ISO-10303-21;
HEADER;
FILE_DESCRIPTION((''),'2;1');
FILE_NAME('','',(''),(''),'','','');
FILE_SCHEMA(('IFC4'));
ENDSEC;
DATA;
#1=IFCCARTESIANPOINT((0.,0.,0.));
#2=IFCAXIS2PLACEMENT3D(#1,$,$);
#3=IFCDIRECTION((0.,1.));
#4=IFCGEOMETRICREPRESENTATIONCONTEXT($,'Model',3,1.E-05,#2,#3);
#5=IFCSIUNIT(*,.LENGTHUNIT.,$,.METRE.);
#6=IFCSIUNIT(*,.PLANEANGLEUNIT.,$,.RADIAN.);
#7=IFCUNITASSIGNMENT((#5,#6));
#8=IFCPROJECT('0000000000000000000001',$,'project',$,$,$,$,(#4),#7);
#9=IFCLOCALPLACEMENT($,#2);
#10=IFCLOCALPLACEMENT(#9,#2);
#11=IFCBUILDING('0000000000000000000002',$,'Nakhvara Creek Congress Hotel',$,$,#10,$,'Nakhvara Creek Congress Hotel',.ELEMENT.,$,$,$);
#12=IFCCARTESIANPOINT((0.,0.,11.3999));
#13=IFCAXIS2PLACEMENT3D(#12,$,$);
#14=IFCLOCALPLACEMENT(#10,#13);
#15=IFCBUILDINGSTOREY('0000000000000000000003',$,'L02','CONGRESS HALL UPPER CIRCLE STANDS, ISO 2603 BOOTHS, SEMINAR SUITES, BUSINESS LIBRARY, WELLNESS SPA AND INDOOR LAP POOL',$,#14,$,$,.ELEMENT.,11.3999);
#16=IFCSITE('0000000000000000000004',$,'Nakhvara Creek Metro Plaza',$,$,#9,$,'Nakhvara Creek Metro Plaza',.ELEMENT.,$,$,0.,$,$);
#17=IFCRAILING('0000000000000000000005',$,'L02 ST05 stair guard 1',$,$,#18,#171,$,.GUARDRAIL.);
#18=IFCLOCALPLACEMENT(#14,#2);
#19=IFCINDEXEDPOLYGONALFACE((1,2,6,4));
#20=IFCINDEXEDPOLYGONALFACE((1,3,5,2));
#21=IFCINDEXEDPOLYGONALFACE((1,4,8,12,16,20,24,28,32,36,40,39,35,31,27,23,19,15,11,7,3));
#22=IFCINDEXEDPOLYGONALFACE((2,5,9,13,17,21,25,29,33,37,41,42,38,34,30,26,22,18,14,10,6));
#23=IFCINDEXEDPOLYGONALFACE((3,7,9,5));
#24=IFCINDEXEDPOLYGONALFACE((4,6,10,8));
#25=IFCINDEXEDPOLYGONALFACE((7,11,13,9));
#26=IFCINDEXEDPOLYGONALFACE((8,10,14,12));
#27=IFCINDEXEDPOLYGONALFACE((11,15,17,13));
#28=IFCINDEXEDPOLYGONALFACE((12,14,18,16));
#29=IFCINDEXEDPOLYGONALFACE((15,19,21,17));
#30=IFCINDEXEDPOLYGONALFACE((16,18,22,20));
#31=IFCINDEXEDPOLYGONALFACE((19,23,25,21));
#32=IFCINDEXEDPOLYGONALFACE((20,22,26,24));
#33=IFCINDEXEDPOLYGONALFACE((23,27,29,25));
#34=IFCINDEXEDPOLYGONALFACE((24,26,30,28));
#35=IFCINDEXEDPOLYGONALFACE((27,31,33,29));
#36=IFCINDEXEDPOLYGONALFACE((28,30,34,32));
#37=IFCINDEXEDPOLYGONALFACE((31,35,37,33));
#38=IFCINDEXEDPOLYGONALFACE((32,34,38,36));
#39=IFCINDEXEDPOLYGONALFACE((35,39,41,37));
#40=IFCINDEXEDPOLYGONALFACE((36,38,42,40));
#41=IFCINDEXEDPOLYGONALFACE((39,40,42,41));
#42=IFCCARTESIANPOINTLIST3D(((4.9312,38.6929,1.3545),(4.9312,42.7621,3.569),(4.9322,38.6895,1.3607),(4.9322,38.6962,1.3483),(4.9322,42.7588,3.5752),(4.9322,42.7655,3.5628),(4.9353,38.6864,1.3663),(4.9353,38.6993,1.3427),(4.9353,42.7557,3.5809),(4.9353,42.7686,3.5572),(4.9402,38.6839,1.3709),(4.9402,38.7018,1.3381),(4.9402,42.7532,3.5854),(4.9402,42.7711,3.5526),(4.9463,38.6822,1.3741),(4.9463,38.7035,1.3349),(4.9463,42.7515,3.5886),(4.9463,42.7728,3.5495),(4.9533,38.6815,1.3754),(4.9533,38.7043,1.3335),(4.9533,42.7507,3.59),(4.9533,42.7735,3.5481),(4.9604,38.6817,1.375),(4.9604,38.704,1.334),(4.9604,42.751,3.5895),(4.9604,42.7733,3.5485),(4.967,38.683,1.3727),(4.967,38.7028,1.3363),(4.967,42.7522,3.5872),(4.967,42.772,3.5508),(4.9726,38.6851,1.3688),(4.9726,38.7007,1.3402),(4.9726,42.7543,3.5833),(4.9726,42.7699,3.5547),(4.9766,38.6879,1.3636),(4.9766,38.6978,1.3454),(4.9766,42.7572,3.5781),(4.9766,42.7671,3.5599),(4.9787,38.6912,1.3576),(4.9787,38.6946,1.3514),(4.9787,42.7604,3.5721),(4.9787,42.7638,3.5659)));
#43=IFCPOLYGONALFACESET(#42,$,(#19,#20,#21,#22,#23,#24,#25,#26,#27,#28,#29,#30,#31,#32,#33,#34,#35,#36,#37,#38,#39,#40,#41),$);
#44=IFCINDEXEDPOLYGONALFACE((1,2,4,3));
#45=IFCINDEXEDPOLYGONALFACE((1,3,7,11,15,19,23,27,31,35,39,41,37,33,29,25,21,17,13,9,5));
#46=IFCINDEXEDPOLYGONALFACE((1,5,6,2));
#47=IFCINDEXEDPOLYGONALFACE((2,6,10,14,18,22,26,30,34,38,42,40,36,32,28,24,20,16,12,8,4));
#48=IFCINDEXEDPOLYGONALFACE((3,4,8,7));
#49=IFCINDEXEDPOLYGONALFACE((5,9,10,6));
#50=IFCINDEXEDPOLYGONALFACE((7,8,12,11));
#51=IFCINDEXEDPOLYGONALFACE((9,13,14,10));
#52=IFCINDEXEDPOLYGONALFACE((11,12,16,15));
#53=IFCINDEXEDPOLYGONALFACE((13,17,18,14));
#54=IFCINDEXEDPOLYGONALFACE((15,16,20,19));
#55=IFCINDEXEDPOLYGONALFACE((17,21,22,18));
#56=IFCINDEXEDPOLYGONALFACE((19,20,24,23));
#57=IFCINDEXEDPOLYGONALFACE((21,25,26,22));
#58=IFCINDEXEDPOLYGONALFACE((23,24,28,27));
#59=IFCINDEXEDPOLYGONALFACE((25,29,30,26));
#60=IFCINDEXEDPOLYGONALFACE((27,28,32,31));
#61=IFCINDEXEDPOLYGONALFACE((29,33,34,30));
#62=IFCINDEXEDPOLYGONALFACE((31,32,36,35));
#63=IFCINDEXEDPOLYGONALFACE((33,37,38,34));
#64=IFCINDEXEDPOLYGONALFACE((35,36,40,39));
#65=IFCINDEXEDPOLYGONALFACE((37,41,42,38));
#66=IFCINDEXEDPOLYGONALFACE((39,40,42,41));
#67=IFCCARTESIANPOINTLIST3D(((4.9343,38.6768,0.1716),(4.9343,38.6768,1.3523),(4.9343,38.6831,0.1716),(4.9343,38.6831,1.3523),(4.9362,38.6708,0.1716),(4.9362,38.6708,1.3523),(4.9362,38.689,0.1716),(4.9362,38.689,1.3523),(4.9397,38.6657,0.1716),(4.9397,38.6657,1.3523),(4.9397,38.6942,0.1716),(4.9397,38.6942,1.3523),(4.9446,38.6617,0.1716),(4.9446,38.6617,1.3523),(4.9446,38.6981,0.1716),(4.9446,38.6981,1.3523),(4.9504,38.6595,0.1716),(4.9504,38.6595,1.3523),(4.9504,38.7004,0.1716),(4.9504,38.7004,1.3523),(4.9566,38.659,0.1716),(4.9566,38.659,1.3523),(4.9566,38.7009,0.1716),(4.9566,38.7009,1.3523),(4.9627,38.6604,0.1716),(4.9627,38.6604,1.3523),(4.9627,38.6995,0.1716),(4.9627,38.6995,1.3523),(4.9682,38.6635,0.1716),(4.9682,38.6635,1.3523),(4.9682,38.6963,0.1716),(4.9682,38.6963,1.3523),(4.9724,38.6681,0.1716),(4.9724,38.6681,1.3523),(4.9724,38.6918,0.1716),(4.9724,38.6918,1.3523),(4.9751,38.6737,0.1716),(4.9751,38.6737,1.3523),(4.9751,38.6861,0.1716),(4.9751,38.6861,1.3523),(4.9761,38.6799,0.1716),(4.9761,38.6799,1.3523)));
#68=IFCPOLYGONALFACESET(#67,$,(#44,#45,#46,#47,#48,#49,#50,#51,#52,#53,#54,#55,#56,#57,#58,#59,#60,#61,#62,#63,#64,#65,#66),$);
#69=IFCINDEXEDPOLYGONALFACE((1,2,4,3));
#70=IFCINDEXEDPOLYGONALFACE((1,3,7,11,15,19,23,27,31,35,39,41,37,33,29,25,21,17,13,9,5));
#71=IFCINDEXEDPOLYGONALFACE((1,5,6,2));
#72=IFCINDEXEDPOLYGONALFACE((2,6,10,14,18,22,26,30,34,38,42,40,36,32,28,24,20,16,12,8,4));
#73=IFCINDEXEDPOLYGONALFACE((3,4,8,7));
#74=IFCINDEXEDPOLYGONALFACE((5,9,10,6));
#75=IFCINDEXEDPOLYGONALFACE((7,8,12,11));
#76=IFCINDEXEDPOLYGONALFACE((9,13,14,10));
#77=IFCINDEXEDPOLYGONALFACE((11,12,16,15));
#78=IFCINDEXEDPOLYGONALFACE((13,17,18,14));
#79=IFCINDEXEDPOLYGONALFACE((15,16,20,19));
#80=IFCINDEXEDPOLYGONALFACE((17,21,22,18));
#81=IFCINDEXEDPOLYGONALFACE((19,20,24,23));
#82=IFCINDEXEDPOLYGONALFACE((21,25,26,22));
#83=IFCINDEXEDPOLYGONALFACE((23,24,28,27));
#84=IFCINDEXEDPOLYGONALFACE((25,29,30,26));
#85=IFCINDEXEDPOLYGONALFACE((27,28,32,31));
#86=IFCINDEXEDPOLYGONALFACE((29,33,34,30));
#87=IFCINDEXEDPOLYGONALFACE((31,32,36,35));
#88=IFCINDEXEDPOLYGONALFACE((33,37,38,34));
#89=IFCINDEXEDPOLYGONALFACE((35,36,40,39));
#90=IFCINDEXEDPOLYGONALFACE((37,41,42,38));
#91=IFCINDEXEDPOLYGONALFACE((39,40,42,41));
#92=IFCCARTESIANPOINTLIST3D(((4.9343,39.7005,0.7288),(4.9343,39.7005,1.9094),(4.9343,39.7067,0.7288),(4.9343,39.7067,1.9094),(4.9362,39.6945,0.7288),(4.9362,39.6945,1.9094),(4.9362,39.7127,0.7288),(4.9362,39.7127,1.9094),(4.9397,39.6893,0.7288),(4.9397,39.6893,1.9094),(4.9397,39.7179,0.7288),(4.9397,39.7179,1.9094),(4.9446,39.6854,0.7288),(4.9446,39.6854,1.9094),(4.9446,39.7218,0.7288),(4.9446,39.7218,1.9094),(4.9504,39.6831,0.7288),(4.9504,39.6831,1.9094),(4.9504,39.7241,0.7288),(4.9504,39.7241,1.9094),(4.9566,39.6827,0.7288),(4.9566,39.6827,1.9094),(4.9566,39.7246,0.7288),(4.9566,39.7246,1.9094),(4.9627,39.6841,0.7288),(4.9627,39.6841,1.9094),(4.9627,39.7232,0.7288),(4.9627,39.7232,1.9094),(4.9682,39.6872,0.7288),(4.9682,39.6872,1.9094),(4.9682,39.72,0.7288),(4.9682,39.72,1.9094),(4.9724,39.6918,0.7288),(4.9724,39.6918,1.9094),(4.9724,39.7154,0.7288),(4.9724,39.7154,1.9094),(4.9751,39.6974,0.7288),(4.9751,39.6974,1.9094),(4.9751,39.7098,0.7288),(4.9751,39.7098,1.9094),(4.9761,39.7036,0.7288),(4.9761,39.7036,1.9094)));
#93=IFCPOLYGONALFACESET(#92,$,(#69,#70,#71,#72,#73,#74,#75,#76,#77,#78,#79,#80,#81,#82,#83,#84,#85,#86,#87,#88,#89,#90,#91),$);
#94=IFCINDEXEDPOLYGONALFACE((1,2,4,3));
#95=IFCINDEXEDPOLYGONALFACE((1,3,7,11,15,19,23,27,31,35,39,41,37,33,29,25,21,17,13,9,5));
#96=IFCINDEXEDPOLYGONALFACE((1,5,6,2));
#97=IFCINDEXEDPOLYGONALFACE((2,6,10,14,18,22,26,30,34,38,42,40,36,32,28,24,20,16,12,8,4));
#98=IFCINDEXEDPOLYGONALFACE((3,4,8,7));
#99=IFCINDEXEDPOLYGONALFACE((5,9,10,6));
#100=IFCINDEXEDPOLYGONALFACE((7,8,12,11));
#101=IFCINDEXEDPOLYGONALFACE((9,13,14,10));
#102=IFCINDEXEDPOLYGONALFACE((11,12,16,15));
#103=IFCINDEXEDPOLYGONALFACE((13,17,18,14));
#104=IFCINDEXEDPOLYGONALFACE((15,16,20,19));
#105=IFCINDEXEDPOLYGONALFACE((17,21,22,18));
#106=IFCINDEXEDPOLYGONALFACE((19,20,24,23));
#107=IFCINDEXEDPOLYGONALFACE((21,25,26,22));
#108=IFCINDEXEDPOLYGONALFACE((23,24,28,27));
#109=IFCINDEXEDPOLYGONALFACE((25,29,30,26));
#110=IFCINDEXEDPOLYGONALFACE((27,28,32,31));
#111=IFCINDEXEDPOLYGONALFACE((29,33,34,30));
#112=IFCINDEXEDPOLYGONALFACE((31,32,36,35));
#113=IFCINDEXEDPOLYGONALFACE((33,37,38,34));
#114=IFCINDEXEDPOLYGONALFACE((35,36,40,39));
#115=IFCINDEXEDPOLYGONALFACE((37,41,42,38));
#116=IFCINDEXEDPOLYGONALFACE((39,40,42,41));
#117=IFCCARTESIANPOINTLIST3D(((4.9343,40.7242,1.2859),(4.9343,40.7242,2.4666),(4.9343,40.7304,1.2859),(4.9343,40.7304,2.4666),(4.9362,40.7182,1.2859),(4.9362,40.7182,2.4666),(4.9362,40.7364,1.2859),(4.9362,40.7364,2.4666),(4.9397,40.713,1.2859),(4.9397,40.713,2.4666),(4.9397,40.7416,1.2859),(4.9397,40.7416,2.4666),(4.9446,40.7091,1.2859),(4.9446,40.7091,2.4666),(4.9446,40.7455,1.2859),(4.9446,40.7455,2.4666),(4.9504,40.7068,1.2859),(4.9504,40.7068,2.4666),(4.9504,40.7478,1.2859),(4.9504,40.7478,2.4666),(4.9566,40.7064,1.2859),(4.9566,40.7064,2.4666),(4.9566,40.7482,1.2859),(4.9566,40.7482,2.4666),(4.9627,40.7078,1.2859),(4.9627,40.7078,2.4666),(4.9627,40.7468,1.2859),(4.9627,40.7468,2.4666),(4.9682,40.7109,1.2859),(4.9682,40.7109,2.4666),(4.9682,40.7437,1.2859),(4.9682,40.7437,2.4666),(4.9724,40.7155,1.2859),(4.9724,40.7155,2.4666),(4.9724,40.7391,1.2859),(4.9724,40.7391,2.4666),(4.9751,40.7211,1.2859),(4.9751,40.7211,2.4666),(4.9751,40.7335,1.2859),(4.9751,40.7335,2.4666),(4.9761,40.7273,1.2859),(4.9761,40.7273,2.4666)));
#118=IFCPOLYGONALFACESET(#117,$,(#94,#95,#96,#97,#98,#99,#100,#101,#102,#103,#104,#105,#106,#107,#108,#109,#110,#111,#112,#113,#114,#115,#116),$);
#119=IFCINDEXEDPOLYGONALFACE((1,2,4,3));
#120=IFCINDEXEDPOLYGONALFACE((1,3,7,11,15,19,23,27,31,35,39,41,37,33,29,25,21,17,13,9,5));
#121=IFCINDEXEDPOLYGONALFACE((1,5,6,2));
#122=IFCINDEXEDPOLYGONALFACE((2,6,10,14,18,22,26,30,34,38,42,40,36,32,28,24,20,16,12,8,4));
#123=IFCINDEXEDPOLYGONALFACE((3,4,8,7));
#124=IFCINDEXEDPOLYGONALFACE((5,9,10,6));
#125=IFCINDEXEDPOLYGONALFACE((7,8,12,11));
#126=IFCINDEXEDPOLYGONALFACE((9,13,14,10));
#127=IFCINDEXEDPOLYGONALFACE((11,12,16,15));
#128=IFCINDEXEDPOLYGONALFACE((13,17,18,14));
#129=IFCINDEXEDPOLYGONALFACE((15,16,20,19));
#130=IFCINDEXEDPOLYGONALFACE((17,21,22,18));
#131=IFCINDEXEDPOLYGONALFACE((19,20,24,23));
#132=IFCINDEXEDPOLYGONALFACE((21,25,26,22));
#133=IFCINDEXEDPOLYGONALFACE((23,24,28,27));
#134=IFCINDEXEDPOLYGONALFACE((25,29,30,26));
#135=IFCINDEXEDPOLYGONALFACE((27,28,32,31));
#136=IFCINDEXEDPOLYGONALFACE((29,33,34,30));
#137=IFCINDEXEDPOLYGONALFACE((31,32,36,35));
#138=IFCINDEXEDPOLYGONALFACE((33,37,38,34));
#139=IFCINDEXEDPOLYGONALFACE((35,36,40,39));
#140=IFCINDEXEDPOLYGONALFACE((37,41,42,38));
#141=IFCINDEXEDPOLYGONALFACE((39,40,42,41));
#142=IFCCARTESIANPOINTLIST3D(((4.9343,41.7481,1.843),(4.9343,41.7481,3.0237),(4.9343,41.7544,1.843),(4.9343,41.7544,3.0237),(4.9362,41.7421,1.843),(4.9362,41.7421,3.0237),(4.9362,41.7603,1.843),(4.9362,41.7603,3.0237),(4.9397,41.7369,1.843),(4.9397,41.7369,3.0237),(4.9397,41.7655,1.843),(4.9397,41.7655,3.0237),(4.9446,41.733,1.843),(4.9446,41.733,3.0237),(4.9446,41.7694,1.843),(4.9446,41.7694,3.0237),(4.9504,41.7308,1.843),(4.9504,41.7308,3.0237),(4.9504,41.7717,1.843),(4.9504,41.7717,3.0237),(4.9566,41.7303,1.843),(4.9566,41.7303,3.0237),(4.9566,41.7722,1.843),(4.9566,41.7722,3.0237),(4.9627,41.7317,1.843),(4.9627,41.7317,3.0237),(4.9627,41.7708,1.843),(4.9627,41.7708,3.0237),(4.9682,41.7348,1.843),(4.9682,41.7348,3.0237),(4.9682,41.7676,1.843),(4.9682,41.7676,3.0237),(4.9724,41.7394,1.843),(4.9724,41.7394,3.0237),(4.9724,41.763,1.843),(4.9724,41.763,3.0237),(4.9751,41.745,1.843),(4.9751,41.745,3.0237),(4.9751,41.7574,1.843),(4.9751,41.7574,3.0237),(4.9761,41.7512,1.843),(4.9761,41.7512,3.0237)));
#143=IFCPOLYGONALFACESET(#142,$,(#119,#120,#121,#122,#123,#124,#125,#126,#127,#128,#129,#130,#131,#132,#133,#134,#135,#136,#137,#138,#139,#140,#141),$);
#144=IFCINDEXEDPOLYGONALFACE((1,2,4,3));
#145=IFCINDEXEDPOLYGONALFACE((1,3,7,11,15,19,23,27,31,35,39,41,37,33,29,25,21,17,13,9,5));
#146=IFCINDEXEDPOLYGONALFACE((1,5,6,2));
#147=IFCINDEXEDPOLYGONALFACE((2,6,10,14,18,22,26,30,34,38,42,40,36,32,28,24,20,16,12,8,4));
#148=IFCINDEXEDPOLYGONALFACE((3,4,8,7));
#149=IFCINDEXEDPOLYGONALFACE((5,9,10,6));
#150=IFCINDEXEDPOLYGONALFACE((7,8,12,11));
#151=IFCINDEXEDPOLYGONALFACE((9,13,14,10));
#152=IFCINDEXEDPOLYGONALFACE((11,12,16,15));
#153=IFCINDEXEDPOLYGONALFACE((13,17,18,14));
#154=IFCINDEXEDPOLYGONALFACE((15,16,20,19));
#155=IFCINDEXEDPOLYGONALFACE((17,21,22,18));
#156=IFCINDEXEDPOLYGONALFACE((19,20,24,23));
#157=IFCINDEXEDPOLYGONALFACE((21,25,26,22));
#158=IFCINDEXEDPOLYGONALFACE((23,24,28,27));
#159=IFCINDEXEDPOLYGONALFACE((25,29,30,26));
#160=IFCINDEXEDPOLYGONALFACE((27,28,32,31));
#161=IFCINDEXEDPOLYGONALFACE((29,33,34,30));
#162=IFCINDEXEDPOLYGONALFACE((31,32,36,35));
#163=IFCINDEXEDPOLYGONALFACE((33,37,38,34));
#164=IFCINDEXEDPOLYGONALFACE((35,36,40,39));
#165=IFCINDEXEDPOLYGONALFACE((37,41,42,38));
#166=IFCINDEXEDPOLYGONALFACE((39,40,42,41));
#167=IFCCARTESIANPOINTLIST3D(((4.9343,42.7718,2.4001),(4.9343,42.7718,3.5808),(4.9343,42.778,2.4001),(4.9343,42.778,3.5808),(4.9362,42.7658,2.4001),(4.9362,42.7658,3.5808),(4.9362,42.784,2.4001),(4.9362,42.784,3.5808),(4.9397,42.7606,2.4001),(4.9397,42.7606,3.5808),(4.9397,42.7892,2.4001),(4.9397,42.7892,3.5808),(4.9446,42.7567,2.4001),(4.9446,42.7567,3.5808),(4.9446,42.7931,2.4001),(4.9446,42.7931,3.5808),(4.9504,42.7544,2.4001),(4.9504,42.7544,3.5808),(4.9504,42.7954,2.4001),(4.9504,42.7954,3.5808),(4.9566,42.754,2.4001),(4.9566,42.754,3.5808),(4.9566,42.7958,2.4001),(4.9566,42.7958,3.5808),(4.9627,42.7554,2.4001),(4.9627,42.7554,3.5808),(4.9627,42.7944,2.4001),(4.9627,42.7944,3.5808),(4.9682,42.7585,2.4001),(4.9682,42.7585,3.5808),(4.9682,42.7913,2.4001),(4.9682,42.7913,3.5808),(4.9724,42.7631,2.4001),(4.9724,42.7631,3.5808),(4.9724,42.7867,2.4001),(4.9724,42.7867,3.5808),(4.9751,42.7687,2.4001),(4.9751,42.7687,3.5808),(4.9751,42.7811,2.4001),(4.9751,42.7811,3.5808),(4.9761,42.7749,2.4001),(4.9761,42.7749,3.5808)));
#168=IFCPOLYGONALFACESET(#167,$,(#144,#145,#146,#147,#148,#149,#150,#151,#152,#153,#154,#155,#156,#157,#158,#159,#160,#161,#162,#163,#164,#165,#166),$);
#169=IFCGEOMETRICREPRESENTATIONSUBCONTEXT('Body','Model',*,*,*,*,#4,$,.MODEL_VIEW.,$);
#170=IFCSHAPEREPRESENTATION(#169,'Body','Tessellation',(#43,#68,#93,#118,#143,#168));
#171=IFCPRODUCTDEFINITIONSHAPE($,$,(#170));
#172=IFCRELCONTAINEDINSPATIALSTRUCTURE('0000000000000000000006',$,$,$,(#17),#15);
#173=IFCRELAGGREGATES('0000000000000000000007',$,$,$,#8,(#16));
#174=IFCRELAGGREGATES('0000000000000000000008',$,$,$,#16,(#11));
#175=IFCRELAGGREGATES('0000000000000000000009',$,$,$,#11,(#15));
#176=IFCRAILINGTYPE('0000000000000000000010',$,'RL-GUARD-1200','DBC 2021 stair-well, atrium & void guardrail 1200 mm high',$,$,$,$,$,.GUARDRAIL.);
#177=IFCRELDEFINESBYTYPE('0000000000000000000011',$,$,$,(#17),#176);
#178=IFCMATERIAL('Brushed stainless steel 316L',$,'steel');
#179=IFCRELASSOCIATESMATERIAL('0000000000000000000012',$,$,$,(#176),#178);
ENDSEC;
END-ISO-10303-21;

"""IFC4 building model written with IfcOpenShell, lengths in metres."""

from ifc_helpers import new_model, si_unit, direction, frame, origin, origin_2d, place, context, subcontext, project, spatial, circle, extrude, material, type_object, element, save


model = new_model("IFC4")

# Units and contexts
model_context = context("Model", 3, precision=1e-05, world=origin(), true_north=direction((0.0, 1.0)))
body_context = subcontext(model_context, "Body", "Model", "MODEL_VIEW")
ifc_project = project(units=[si_unit("LENGTHUNIT", "METRE"), si_unit("PLANEANGLEUNIT", "RADIAN")], contexts=[model_context])

# Site, building, storey
site_placement = place(None, origin())
site = spatial("IfcSite", under=ifc_project, at=site_placement, Name="Nakhvara Creek Metro Plaza", LongName="Nakhvara Creek Metro Plaza", CompositionType="ELEMENT", RefElevation=0.0)
building_placement = place(site_placement, origin())
building = spatial("IfcBuilding", under=site, at=building_placement, Name="Nakhvara Creek Congress Hotel", LongName="Nakhvara Creek Congress Hotel", CompositionType="ELEMENT")
storey_placement = place(building_placement, frame((0.0, 0.0, 11.3999)))
storey = spatial("IfcBuildingStorey", under=building, at=storey_placement, Name="L02", Description="CONGRESS HALL UPPER CIRCLE STANDS, ISO 2603 BOOTHS, SEMINAR SUITES, BUSINESS LIBRARY, WELLNESS SPA AND INDOOR LAP POOL", CompositionType="ELEMENT", Elevation=11.3999)

# Railing
ifc_material_1 = material(Name="Brushed stainless steel 316L", Category="steel")
railing_type_1 = type_object("IfcRailingType", Name="RL-GUARD-1200", Description="DBC 2021 stair-well, atrium & void guardrail 1200 mm high", PredefinedType="GUARDRAIL", material=ifc_material_1)
railing_1_placement = place(storey_placement, frame((4.9551, 38.6799, 0.1716)))
element("IfcRailing", 1, at=railing_1_placement, inside=storey, type_object=railing_type_1, Name="L02 ST05 stair guard 1", PredefinedType="GUARDRAIL", context=body_context, shape_type="SweptSolid", body=[
    extrude(circle(Radius=0.0239, at=origin_2d()), frame((0.0, 0.0129, 1.1829), z_axis=(0.0, 0.878355, 0.478008), x_axis=(-1.0, 0.0, 0.0)), (0.0, 0.0, 1.0), 4.6328),
    extrude(circle(Radius=0.021, at=origin_2d()), origin(), (0.0, 0.0, 1.0), 1.1807),
    extrude(circle(Radius=0.021, at=origin_2d()), frame((0.0, 1.0237, 0.5571)), (0.0, 0.0, 1.0), 1.1807),
    extrude(circle(Radius=0.021, at=origin_2d()), frame((0.0, 2.0474, 1.1143)), (0.0, 0.0, 1.0), 1.1807),
    extrude(circle(Radius=0.021, at=origin_2d()), frame((0.0, 3.0713, 1.6714)), (0.0, 0.0, 1.0), 1.1807),
    extrude(circle(Radius=0.021, at=origin_2d()), frame((0.0, 4.095, 2.2285)), (0.0, 0.0, 1.0), 1.1807),
])

save(model, "model.ifc")
